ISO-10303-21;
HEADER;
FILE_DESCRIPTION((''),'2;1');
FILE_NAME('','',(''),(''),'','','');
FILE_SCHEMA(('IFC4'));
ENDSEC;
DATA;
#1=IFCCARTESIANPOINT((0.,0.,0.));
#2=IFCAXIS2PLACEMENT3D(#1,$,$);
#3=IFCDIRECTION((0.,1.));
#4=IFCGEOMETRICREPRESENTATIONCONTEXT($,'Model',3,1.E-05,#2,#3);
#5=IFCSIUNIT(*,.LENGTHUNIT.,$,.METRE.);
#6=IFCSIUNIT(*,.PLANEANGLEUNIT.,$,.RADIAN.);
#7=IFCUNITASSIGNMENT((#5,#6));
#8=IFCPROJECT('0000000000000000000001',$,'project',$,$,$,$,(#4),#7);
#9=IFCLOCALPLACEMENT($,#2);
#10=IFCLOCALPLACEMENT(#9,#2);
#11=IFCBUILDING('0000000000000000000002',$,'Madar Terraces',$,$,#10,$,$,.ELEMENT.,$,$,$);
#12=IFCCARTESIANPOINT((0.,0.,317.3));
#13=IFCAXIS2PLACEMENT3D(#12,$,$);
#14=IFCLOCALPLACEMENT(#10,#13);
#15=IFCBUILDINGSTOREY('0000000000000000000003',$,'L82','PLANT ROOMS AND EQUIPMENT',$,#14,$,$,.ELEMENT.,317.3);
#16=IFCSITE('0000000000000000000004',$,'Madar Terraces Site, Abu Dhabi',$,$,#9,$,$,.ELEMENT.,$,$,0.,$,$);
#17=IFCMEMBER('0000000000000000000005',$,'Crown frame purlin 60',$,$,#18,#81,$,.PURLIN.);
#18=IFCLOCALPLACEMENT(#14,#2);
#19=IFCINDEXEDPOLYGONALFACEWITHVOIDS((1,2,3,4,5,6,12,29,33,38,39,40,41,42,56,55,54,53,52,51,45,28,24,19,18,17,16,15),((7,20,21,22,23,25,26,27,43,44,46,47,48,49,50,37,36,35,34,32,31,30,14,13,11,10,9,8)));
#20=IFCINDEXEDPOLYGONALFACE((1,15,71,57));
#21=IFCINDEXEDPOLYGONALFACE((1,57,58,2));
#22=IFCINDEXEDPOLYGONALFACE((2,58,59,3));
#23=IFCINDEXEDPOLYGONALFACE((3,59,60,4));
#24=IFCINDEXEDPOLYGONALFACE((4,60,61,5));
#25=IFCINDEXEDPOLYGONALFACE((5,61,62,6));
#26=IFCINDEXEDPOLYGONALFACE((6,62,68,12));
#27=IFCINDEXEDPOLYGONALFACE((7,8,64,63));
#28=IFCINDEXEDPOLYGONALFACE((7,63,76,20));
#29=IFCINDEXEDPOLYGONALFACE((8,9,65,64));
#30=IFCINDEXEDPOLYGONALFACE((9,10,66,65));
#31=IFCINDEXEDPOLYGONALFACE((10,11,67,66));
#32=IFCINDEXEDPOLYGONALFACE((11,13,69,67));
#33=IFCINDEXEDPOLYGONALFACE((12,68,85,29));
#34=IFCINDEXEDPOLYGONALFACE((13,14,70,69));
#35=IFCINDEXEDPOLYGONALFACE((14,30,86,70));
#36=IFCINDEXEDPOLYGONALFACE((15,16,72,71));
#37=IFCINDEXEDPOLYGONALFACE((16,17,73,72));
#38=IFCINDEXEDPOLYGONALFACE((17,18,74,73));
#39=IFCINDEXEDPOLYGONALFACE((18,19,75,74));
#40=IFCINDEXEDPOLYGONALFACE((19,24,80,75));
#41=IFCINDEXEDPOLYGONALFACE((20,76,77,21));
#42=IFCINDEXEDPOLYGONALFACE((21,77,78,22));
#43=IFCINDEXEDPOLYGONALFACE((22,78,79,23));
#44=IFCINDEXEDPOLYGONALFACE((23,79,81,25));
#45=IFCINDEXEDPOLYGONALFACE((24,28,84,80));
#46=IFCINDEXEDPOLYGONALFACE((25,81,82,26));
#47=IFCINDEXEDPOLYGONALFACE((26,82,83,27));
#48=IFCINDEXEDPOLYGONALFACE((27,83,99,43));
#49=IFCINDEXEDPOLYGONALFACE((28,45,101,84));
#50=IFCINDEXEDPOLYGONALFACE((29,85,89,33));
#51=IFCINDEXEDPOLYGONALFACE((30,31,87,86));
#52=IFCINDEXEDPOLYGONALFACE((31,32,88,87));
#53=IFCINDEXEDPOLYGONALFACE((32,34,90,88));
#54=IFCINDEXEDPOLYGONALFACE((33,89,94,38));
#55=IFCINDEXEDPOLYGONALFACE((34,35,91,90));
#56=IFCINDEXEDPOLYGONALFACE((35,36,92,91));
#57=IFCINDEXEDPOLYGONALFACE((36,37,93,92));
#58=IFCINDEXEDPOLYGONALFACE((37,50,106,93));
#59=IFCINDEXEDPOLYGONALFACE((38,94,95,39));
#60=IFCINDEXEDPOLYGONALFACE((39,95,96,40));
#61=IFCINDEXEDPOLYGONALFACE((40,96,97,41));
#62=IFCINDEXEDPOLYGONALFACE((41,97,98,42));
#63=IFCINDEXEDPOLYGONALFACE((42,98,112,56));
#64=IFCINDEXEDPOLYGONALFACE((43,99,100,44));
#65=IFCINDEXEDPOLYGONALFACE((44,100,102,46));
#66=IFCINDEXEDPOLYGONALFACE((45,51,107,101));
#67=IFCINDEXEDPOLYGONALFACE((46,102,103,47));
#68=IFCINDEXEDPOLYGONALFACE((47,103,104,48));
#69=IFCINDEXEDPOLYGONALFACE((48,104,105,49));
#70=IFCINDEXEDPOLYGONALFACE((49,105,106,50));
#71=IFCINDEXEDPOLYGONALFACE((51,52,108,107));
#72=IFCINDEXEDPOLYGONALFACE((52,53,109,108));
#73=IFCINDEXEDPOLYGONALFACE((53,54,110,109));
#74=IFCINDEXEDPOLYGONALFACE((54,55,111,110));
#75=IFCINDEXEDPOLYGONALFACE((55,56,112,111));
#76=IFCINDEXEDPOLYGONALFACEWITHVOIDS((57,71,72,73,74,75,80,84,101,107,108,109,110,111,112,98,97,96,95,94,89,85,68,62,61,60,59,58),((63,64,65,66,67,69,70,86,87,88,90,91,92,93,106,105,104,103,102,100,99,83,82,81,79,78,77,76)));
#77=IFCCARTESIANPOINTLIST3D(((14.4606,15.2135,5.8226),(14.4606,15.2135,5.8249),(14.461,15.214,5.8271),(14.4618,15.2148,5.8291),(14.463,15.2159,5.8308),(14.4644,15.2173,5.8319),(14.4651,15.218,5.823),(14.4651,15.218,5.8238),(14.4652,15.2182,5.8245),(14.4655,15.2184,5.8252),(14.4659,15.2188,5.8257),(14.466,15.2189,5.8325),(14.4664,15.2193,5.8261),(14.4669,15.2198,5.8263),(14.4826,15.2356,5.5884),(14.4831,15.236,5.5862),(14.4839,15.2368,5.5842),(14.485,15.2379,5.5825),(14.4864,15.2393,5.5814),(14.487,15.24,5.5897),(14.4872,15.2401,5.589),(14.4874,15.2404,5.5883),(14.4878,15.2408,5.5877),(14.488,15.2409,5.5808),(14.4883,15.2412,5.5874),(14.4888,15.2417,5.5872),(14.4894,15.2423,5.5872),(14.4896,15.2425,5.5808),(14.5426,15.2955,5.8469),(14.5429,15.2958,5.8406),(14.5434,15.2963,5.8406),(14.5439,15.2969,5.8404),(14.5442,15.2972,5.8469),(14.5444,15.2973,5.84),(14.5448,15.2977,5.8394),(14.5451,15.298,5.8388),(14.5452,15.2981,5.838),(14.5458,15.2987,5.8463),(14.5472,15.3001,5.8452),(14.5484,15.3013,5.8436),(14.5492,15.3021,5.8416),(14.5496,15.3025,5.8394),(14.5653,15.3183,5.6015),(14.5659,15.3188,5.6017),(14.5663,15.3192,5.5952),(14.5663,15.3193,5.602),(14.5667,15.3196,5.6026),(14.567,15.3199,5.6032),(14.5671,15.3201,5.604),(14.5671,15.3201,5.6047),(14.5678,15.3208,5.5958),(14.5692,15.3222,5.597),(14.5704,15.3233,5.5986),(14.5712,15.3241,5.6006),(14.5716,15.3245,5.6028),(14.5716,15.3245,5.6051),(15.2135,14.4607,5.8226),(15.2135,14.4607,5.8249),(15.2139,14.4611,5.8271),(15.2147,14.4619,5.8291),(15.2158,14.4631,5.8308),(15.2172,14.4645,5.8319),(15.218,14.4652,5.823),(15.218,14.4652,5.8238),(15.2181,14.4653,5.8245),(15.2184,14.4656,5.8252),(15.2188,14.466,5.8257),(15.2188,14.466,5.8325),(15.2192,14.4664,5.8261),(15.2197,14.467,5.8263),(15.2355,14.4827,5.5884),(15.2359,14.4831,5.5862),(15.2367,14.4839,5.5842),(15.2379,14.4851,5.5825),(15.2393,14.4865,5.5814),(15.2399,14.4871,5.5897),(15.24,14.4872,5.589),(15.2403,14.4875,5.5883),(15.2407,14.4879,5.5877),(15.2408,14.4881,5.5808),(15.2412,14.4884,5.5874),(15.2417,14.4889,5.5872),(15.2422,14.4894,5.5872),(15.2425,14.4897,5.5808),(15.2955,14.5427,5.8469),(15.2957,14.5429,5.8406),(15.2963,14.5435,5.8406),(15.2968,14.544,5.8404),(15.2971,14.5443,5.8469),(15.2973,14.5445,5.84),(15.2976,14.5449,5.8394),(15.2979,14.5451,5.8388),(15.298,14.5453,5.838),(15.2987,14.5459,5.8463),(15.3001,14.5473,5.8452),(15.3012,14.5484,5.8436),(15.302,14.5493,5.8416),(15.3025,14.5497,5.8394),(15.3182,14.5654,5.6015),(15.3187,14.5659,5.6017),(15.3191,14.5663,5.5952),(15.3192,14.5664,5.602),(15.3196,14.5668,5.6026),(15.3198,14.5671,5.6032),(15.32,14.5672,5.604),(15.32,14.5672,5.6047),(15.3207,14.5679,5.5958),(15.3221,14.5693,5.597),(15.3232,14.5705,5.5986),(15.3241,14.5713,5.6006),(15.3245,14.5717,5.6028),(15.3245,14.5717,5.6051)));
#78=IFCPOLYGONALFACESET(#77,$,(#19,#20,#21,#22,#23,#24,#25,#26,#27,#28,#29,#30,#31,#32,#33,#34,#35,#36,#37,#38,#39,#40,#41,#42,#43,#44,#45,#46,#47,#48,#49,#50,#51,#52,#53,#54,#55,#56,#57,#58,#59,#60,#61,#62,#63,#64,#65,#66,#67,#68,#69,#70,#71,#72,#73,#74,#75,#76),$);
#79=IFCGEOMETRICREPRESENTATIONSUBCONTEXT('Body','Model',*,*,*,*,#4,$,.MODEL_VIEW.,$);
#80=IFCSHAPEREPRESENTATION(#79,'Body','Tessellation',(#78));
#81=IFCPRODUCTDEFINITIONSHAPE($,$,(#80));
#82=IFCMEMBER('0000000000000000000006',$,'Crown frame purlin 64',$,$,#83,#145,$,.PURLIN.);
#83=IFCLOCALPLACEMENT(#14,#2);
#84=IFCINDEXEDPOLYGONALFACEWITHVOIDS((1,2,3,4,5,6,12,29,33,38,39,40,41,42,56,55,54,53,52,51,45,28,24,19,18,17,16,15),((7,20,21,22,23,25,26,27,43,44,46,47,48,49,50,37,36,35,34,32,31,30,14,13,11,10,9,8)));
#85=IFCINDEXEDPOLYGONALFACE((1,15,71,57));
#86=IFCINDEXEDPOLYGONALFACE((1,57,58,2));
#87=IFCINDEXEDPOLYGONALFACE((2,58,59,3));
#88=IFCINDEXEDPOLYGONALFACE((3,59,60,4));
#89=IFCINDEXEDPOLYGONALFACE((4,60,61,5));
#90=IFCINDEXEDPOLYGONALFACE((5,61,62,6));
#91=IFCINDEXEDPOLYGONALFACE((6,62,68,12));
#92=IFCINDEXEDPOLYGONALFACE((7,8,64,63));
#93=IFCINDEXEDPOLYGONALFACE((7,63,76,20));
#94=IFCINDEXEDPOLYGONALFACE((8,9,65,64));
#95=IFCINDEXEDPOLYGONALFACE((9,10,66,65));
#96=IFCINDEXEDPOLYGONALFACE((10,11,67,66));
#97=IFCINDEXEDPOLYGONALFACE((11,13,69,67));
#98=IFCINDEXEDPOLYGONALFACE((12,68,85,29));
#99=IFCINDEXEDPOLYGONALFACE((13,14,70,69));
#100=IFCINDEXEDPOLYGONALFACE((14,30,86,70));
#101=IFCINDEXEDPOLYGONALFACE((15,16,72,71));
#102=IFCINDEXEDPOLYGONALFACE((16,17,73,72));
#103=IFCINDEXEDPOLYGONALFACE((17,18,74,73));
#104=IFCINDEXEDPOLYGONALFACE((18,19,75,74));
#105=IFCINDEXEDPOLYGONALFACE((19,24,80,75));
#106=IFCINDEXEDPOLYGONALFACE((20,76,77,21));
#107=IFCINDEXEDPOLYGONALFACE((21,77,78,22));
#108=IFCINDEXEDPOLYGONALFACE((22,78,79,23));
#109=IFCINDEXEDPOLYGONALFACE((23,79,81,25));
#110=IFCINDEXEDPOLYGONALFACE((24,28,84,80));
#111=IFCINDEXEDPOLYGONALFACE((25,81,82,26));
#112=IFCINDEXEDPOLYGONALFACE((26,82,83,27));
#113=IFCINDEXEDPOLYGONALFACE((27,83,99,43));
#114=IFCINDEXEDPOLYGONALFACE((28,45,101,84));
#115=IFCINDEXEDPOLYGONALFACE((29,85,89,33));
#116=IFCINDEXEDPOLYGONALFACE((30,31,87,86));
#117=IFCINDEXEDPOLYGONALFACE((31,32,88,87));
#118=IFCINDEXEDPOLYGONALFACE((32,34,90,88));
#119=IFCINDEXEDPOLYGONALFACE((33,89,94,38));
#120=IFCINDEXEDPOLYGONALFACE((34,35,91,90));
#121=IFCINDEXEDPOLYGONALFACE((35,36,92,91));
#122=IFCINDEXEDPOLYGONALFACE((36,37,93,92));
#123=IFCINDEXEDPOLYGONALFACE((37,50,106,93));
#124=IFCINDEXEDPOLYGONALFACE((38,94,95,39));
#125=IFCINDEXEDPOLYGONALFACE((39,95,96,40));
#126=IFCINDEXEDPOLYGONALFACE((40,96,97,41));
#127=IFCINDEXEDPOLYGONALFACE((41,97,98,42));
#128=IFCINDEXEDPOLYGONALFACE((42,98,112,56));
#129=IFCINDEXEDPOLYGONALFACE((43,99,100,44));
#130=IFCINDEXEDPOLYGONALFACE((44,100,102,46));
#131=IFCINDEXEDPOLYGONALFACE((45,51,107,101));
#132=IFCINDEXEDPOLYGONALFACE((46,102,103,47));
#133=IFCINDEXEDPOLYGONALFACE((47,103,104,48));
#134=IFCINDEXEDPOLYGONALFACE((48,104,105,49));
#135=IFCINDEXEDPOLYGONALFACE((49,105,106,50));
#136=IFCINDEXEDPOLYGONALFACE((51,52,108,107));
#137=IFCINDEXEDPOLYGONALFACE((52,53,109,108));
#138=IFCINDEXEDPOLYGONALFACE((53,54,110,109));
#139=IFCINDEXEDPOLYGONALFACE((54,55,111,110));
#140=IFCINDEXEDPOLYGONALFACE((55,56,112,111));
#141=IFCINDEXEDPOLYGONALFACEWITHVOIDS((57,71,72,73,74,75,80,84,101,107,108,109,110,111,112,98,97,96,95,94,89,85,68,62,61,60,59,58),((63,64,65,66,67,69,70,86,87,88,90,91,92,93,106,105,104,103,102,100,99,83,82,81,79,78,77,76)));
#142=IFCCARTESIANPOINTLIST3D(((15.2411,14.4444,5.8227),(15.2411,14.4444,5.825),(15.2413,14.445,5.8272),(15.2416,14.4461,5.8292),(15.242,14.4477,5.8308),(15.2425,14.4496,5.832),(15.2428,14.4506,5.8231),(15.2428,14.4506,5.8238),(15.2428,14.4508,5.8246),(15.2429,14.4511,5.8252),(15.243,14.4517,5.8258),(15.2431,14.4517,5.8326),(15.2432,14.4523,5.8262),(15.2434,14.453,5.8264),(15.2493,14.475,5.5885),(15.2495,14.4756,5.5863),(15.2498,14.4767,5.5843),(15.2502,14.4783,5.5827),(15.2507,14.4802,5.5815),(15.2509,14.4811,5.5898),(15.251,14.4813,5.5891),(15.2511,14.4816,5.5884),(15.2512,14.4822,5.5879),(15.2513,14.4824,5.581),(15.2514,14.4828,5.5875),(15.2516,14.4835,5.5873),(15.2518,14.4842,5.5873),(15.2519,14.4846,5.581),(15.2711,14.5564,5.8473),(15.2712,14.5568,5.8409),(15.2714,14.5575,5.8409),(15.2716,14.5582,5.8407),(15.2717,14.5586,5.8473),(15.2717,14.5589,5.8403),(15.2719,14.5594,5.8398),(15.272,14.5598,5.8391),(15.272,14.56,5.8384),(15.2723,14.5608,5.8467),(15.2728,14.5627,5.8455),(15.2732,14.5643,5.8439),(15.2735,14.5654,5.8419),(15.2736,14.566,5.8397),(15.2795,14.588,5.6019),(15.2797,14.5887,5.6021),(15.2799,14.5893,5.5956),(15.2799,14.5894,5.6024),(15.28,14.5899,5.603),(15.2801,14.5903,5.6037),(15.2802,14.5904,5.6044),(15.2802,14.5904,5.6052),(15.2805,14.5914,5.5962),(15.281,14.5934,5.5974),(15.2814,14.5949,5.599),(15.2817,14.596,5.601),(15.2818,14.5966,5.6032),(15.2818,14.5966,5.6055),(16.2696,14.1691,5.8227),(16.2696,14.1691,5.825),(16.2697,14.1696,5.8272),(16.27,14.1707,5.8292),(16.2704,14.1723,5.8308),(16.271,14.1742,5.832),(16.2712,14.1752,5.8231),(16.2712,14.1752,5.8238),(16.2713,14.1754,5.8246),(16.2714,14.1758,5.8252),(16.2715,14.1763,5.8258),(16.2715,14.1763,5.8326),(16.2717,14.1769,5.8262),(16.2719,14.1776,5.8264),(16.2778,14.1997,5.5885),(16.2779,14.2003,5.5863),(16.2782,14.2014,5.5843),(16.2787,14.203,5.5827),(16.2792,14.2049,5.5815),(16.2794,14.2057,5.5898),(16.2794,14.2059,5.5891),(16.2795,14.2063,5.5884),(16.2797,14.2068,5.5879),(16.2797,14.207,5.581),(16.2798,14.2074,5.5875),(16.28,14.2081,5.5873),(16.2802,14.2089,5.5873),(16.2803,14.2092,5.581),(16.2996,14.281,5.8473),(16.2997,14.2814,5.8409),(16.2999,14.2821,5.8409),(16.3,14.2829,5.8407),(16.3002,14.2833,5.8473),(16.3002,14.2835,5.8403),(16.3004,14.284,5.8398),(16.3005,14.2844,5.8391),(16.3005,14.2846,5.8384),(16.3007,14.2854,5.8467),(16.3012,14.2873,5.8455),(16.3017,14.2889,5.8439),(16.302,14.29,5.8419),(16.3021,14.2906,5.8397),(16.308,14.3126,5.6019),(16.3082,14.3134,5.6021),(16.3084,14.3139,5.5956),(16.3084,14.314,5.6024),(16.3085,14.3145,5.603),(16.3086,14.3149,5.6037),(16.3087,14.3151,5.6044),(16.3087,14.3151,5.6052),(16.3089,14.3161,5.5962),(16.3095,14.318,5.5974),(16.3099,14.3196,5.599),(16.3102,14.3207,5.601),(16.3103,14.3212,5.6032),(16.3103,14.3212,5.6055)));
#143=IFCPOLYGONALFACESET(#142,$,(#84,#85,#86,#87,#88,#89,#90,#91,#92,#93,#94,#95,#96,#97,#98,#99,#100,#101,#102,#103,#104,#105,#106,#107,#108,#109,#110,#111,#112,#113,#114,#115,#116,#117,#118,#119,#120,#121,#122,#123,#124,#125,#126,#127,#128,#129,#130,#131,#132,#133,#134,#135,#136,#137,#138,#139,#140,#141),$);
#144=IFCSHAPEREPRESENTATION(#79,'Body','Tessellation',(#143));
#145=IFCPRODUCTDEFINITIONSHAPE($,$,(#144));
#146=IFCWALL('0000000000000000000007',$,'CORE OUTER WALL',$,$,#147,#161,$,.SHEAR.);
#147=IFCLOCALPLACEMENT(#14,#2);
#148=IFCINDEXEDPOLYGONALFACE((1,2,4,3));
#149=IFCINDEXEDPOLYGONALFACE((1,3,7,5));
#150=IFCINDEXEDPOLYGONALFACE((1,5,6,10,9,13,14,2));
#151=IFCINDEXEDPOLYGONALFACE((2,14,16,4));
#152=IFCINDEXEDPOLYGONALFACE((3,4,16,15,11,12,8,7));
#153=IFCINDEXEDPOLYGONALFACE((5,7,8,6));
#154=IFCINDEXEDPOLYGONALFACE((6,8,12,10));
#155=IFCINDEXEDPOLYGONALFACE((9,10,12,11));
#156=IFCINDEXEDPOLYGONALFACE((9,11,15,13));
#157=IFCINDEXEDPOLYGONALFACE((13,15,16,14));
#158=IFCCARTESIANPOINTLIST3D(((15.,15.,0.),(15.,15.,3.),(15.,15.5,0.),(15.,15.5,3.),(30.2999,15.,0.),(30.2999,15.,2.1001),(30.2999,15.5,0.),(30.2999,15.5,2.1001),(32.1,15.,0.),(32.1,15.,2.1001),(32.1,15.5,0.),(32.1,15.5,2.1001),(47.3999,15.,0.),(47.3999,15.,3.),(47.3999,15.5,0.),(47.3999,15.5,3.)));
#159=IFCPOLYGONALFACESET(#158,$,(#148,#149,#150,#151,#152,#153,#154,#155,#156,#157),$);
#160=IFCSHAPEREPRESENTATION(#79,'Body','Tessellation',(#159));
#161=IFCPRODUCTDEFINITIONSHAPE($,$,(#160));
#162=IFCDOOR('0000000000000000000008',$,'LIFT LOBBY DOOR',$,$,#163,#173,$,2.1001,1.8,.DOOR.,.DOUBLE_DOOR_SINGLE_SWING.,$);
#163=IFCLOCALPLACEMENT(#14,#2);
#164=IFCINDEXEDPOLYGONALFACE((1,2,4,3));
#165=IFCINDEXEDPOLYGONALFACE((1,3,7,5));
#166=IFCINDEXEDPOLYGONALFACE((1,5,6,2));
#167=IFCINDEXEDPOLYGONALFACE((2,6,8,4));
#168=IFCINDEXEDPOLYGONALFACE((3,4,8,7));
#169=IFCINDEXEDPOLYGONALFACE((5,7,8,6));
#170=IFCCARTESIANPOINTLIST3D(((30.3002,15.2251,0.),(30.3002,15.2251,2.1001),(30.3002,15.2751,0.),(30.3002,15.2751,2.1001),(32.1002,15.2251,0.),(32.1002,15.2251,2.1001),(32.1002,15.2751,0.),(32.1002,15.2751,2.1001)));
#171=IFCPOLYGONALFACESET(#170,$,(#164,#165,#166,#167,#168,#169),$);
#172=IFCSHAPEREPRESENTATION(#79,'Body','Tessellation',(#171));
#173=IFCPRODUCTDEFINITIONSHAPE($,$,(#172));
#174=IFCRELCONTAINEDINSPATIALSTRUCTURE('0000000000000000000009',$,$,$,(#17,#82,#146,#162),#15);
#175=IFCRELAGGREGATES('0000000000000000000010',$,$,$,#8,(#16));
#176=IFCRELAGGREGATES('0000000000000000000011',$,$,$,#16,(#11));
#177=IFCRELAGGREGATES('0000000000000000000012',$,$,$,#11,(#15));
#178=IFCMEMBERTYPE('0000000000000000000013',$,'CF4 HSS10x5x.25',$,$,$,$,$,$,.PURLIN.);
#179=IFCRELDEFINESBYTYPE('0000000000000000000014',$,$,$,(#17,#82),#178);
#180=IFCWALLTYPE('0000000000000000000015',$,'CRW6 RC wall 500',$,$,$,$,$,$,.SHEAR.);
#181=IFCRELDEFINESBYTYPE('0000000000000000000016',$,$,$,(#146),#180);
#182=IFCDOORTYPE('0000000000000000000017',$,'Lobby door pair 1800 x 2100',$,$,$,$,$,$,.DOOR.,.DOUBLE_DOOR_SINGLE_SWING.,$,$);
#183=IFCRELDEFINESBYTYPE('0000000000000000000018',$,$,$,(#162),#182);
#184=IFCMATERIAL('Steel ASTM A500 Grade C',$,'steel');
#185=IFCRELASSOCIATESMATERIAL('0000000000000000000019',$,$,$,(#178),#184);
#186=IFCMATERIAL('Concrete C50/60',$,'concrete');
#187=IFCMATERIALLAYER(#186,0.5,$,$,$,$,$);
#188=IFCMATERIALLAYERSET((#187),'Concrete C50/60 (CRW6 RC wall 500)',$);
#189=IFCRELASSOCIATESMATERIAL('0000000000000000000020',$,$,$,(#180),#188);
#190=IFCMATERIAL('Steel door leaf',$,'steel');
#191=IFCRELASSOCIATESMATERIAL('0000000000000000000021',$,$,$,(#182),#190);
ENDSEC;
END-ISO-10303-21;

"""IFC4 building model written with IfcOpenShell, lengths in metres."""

from ifc_helpers import new_model, si_unit, direction, frame, frame_2d, origin, origin_2d, place, context, subcontext, project, spatial, rectangle, hollow_rectangle, extrude, material, layer, layer_set, material_profile, profile_set, type_object, element, fill, save


model = new_model("IFC4")

# Units and contexts
model_context = context("Model", 3, precision=1e-05, world=origin(), true_north=direction((0.0, 1.0)))
body_context = subcontext(model_context, "Body", "Model", "MODEL_VIEW")
ifc_project = project(units=[si_unit("LENGTHUNIT", "METRE"), si_unit("PLANEANGLEUNIT", "RADIAN")], contexts=[model_context])

# Site, building, storey
site_placement = place(None, origin())
site = spatial("IfcSite", under=ifc_project, at=site_placement, Name="Madar Terraces Site, Abu Dhabi", CompositionType="ELEMENT", RefElevation=0.0)
building_placement = place(site_placement, origin())
building = spatial("IfcBuilding", under=site, at=building_placement, Name="Madar Terraces", CompositionType="ELEMENT")
storey_placement = place(building_placement, frame((0.0, 0.0, 317.3)))
storey = spatial("IfcBuildingStorey", under=building, at=storey_placement, Name="L82", Description="PLANT ROOMS AND EQUIPMENT", CompositionType="ELEMENT", Elevation=317.3)

# Members
ifc_material_1 = material(Name="Steel ASTM A500 Grade C", Category="steel")
ifc_material_profile = material_profile(ifc_material_1, hollow_rectangle(XDim=0.127, YDim=0.2539, WallThickness=0.0063, InnerFilletRadius=0.0029, OuterFilletRadius=0.0088, at=origin_2d()), Name="HSS10x5x.25")
ifc_profile_set = profile_set([ifc_material_profile], Name="Steel ASTM A500 Grade C")
member_type = type_object("IfcMemberType", Name="CF4 HSS10x5x.25", PredefinedType="PURLIN", material=ifc_profile_set)
for number, where, z_axis, x_axis, name in (
    (1, (14.5161, 15.269, 5.7139), (0.707107, -0.707107, 0.0), (0.700941, 0.700941, 0.131765), "Crown frame purlin 60"),
    (2, (15.2615, 14.5205, 5.7141), (0.965976, -0.258633, 0.0), (0.256297, 0.957253, 0.134086), "Crown frame purlin 64"),
):
    element("IfcMember", number, at=place(storey_placement, frame(where, z_axis=z_axis, x_axis=x_axis)), inside=storey, type_object=member_type, Name=name, PredefinedType="PURLIN", context=body_context, shape_type="SweptSolid", body=[
        extrude(hollow_rectangle(XDim=0.127, YDim=0.2539, WallThickness=0.0063, InnerFilletRadius=0.0029, OuterFilletRadius=0.0088, at=origin_2d()), origin(), (0.0, 0.0, 1.0), 1.0647),
    ])

# Wall, opening, door
ifc_material_2 = material(Name="Concrete C50/60", Category="concrete")
ifc_layer = layer(ifc_material_2, 0.5)
ifc_layer_set = layer_set([ifc_layer], Name="Concrete C50/60 (CRW6 RC wall 500)")
wall_type = type_object("IfcWallType", Name="CRW6 RC wall 500", PredefinedType="SHEAR", material=ifc_layer_set)
wall_1_placement = place(storey_placement, frame((15.0, 15.25, 0.0), z_axis=(0.0, 0.0, 1.0), x_axis=(1.0, 0.0, 0.0)))
wall_1 = element("IfcWall", 3, at=wall_1_placement, inside=storey, type_object=wall_type, Name="CORE OUTER WALL", PredefinedType="SHEAR", context=body_context, shape_type="SweptSolid", body=[
    extrude(rectangle(XDim=32.3999, YDim=0.5, at=frame_2d((16.2, 0.0))), origin(), (0.0, 0.0, 1.0), 3.0),
])
opening_1_placement = place(wall_1_placement, frame((15.3, 0.0, 0.0)))
opening_1 = element("IfcOpeningElement", 4, at=opening_1_placement, cuts=wall_1, PredefinedType="OPENING", context=body_context, shape_type="SweptSolid", body=[
    extrude(rectangle(XDim=1.8, YDim=2.1001, at=frame_2d((0.8999, 1.05))), frame((0.0, 0.26, 0.0), z_axis=(0.0, -1.0, 0.0), x_axis=(1.0, 0.0, 0.0)), (0.0, 0.0, 1.0), 0.52),
])
ifc_material_3 = material(Name="Steel door leaf", Category="steel")
door_type_1 = type_object("IfcDoorType", Name="Lobby door pair 1800 x 2100", OperationType="DOUBLE_DOOR_SINGLE_SWING", PredefinedType="DOOR", material=ifc_material_3)
door_1_placement = place(opening_1_placement, frame((1.8, 0.0, 0.0), z_axis=(0.0, 0.0, 1.0), x_axis=(-1.0, 0.0, 0.0)))
door_1 = element("IfcDoor", 5, at=door_1_placement, inside=storey, type_object=door_type_1, Name="LIFT LOBBY DOOR", OperationType="DOUBLE_DOOR_SINGLE_SWING", OverallHeight=2.1001, OverallWidth=1.8, PredefinedType="DOOR", context=body_context, shape_type="SweptSolid", body=[
    extrude(rectangle(XDim=1.8, YDim=2.1001, at=frame_2d((0.8999, 1.05))), frame((0.0, 0.0249, 0.0), z_axis=(0.0, -1.0, 0.0), x_axis=(1.0, 0.0, 0.0)), (0.0, 0.0, 1.0), 0.05),
])
fill(opening_1, door_1)

save(model, "model.ifc")
